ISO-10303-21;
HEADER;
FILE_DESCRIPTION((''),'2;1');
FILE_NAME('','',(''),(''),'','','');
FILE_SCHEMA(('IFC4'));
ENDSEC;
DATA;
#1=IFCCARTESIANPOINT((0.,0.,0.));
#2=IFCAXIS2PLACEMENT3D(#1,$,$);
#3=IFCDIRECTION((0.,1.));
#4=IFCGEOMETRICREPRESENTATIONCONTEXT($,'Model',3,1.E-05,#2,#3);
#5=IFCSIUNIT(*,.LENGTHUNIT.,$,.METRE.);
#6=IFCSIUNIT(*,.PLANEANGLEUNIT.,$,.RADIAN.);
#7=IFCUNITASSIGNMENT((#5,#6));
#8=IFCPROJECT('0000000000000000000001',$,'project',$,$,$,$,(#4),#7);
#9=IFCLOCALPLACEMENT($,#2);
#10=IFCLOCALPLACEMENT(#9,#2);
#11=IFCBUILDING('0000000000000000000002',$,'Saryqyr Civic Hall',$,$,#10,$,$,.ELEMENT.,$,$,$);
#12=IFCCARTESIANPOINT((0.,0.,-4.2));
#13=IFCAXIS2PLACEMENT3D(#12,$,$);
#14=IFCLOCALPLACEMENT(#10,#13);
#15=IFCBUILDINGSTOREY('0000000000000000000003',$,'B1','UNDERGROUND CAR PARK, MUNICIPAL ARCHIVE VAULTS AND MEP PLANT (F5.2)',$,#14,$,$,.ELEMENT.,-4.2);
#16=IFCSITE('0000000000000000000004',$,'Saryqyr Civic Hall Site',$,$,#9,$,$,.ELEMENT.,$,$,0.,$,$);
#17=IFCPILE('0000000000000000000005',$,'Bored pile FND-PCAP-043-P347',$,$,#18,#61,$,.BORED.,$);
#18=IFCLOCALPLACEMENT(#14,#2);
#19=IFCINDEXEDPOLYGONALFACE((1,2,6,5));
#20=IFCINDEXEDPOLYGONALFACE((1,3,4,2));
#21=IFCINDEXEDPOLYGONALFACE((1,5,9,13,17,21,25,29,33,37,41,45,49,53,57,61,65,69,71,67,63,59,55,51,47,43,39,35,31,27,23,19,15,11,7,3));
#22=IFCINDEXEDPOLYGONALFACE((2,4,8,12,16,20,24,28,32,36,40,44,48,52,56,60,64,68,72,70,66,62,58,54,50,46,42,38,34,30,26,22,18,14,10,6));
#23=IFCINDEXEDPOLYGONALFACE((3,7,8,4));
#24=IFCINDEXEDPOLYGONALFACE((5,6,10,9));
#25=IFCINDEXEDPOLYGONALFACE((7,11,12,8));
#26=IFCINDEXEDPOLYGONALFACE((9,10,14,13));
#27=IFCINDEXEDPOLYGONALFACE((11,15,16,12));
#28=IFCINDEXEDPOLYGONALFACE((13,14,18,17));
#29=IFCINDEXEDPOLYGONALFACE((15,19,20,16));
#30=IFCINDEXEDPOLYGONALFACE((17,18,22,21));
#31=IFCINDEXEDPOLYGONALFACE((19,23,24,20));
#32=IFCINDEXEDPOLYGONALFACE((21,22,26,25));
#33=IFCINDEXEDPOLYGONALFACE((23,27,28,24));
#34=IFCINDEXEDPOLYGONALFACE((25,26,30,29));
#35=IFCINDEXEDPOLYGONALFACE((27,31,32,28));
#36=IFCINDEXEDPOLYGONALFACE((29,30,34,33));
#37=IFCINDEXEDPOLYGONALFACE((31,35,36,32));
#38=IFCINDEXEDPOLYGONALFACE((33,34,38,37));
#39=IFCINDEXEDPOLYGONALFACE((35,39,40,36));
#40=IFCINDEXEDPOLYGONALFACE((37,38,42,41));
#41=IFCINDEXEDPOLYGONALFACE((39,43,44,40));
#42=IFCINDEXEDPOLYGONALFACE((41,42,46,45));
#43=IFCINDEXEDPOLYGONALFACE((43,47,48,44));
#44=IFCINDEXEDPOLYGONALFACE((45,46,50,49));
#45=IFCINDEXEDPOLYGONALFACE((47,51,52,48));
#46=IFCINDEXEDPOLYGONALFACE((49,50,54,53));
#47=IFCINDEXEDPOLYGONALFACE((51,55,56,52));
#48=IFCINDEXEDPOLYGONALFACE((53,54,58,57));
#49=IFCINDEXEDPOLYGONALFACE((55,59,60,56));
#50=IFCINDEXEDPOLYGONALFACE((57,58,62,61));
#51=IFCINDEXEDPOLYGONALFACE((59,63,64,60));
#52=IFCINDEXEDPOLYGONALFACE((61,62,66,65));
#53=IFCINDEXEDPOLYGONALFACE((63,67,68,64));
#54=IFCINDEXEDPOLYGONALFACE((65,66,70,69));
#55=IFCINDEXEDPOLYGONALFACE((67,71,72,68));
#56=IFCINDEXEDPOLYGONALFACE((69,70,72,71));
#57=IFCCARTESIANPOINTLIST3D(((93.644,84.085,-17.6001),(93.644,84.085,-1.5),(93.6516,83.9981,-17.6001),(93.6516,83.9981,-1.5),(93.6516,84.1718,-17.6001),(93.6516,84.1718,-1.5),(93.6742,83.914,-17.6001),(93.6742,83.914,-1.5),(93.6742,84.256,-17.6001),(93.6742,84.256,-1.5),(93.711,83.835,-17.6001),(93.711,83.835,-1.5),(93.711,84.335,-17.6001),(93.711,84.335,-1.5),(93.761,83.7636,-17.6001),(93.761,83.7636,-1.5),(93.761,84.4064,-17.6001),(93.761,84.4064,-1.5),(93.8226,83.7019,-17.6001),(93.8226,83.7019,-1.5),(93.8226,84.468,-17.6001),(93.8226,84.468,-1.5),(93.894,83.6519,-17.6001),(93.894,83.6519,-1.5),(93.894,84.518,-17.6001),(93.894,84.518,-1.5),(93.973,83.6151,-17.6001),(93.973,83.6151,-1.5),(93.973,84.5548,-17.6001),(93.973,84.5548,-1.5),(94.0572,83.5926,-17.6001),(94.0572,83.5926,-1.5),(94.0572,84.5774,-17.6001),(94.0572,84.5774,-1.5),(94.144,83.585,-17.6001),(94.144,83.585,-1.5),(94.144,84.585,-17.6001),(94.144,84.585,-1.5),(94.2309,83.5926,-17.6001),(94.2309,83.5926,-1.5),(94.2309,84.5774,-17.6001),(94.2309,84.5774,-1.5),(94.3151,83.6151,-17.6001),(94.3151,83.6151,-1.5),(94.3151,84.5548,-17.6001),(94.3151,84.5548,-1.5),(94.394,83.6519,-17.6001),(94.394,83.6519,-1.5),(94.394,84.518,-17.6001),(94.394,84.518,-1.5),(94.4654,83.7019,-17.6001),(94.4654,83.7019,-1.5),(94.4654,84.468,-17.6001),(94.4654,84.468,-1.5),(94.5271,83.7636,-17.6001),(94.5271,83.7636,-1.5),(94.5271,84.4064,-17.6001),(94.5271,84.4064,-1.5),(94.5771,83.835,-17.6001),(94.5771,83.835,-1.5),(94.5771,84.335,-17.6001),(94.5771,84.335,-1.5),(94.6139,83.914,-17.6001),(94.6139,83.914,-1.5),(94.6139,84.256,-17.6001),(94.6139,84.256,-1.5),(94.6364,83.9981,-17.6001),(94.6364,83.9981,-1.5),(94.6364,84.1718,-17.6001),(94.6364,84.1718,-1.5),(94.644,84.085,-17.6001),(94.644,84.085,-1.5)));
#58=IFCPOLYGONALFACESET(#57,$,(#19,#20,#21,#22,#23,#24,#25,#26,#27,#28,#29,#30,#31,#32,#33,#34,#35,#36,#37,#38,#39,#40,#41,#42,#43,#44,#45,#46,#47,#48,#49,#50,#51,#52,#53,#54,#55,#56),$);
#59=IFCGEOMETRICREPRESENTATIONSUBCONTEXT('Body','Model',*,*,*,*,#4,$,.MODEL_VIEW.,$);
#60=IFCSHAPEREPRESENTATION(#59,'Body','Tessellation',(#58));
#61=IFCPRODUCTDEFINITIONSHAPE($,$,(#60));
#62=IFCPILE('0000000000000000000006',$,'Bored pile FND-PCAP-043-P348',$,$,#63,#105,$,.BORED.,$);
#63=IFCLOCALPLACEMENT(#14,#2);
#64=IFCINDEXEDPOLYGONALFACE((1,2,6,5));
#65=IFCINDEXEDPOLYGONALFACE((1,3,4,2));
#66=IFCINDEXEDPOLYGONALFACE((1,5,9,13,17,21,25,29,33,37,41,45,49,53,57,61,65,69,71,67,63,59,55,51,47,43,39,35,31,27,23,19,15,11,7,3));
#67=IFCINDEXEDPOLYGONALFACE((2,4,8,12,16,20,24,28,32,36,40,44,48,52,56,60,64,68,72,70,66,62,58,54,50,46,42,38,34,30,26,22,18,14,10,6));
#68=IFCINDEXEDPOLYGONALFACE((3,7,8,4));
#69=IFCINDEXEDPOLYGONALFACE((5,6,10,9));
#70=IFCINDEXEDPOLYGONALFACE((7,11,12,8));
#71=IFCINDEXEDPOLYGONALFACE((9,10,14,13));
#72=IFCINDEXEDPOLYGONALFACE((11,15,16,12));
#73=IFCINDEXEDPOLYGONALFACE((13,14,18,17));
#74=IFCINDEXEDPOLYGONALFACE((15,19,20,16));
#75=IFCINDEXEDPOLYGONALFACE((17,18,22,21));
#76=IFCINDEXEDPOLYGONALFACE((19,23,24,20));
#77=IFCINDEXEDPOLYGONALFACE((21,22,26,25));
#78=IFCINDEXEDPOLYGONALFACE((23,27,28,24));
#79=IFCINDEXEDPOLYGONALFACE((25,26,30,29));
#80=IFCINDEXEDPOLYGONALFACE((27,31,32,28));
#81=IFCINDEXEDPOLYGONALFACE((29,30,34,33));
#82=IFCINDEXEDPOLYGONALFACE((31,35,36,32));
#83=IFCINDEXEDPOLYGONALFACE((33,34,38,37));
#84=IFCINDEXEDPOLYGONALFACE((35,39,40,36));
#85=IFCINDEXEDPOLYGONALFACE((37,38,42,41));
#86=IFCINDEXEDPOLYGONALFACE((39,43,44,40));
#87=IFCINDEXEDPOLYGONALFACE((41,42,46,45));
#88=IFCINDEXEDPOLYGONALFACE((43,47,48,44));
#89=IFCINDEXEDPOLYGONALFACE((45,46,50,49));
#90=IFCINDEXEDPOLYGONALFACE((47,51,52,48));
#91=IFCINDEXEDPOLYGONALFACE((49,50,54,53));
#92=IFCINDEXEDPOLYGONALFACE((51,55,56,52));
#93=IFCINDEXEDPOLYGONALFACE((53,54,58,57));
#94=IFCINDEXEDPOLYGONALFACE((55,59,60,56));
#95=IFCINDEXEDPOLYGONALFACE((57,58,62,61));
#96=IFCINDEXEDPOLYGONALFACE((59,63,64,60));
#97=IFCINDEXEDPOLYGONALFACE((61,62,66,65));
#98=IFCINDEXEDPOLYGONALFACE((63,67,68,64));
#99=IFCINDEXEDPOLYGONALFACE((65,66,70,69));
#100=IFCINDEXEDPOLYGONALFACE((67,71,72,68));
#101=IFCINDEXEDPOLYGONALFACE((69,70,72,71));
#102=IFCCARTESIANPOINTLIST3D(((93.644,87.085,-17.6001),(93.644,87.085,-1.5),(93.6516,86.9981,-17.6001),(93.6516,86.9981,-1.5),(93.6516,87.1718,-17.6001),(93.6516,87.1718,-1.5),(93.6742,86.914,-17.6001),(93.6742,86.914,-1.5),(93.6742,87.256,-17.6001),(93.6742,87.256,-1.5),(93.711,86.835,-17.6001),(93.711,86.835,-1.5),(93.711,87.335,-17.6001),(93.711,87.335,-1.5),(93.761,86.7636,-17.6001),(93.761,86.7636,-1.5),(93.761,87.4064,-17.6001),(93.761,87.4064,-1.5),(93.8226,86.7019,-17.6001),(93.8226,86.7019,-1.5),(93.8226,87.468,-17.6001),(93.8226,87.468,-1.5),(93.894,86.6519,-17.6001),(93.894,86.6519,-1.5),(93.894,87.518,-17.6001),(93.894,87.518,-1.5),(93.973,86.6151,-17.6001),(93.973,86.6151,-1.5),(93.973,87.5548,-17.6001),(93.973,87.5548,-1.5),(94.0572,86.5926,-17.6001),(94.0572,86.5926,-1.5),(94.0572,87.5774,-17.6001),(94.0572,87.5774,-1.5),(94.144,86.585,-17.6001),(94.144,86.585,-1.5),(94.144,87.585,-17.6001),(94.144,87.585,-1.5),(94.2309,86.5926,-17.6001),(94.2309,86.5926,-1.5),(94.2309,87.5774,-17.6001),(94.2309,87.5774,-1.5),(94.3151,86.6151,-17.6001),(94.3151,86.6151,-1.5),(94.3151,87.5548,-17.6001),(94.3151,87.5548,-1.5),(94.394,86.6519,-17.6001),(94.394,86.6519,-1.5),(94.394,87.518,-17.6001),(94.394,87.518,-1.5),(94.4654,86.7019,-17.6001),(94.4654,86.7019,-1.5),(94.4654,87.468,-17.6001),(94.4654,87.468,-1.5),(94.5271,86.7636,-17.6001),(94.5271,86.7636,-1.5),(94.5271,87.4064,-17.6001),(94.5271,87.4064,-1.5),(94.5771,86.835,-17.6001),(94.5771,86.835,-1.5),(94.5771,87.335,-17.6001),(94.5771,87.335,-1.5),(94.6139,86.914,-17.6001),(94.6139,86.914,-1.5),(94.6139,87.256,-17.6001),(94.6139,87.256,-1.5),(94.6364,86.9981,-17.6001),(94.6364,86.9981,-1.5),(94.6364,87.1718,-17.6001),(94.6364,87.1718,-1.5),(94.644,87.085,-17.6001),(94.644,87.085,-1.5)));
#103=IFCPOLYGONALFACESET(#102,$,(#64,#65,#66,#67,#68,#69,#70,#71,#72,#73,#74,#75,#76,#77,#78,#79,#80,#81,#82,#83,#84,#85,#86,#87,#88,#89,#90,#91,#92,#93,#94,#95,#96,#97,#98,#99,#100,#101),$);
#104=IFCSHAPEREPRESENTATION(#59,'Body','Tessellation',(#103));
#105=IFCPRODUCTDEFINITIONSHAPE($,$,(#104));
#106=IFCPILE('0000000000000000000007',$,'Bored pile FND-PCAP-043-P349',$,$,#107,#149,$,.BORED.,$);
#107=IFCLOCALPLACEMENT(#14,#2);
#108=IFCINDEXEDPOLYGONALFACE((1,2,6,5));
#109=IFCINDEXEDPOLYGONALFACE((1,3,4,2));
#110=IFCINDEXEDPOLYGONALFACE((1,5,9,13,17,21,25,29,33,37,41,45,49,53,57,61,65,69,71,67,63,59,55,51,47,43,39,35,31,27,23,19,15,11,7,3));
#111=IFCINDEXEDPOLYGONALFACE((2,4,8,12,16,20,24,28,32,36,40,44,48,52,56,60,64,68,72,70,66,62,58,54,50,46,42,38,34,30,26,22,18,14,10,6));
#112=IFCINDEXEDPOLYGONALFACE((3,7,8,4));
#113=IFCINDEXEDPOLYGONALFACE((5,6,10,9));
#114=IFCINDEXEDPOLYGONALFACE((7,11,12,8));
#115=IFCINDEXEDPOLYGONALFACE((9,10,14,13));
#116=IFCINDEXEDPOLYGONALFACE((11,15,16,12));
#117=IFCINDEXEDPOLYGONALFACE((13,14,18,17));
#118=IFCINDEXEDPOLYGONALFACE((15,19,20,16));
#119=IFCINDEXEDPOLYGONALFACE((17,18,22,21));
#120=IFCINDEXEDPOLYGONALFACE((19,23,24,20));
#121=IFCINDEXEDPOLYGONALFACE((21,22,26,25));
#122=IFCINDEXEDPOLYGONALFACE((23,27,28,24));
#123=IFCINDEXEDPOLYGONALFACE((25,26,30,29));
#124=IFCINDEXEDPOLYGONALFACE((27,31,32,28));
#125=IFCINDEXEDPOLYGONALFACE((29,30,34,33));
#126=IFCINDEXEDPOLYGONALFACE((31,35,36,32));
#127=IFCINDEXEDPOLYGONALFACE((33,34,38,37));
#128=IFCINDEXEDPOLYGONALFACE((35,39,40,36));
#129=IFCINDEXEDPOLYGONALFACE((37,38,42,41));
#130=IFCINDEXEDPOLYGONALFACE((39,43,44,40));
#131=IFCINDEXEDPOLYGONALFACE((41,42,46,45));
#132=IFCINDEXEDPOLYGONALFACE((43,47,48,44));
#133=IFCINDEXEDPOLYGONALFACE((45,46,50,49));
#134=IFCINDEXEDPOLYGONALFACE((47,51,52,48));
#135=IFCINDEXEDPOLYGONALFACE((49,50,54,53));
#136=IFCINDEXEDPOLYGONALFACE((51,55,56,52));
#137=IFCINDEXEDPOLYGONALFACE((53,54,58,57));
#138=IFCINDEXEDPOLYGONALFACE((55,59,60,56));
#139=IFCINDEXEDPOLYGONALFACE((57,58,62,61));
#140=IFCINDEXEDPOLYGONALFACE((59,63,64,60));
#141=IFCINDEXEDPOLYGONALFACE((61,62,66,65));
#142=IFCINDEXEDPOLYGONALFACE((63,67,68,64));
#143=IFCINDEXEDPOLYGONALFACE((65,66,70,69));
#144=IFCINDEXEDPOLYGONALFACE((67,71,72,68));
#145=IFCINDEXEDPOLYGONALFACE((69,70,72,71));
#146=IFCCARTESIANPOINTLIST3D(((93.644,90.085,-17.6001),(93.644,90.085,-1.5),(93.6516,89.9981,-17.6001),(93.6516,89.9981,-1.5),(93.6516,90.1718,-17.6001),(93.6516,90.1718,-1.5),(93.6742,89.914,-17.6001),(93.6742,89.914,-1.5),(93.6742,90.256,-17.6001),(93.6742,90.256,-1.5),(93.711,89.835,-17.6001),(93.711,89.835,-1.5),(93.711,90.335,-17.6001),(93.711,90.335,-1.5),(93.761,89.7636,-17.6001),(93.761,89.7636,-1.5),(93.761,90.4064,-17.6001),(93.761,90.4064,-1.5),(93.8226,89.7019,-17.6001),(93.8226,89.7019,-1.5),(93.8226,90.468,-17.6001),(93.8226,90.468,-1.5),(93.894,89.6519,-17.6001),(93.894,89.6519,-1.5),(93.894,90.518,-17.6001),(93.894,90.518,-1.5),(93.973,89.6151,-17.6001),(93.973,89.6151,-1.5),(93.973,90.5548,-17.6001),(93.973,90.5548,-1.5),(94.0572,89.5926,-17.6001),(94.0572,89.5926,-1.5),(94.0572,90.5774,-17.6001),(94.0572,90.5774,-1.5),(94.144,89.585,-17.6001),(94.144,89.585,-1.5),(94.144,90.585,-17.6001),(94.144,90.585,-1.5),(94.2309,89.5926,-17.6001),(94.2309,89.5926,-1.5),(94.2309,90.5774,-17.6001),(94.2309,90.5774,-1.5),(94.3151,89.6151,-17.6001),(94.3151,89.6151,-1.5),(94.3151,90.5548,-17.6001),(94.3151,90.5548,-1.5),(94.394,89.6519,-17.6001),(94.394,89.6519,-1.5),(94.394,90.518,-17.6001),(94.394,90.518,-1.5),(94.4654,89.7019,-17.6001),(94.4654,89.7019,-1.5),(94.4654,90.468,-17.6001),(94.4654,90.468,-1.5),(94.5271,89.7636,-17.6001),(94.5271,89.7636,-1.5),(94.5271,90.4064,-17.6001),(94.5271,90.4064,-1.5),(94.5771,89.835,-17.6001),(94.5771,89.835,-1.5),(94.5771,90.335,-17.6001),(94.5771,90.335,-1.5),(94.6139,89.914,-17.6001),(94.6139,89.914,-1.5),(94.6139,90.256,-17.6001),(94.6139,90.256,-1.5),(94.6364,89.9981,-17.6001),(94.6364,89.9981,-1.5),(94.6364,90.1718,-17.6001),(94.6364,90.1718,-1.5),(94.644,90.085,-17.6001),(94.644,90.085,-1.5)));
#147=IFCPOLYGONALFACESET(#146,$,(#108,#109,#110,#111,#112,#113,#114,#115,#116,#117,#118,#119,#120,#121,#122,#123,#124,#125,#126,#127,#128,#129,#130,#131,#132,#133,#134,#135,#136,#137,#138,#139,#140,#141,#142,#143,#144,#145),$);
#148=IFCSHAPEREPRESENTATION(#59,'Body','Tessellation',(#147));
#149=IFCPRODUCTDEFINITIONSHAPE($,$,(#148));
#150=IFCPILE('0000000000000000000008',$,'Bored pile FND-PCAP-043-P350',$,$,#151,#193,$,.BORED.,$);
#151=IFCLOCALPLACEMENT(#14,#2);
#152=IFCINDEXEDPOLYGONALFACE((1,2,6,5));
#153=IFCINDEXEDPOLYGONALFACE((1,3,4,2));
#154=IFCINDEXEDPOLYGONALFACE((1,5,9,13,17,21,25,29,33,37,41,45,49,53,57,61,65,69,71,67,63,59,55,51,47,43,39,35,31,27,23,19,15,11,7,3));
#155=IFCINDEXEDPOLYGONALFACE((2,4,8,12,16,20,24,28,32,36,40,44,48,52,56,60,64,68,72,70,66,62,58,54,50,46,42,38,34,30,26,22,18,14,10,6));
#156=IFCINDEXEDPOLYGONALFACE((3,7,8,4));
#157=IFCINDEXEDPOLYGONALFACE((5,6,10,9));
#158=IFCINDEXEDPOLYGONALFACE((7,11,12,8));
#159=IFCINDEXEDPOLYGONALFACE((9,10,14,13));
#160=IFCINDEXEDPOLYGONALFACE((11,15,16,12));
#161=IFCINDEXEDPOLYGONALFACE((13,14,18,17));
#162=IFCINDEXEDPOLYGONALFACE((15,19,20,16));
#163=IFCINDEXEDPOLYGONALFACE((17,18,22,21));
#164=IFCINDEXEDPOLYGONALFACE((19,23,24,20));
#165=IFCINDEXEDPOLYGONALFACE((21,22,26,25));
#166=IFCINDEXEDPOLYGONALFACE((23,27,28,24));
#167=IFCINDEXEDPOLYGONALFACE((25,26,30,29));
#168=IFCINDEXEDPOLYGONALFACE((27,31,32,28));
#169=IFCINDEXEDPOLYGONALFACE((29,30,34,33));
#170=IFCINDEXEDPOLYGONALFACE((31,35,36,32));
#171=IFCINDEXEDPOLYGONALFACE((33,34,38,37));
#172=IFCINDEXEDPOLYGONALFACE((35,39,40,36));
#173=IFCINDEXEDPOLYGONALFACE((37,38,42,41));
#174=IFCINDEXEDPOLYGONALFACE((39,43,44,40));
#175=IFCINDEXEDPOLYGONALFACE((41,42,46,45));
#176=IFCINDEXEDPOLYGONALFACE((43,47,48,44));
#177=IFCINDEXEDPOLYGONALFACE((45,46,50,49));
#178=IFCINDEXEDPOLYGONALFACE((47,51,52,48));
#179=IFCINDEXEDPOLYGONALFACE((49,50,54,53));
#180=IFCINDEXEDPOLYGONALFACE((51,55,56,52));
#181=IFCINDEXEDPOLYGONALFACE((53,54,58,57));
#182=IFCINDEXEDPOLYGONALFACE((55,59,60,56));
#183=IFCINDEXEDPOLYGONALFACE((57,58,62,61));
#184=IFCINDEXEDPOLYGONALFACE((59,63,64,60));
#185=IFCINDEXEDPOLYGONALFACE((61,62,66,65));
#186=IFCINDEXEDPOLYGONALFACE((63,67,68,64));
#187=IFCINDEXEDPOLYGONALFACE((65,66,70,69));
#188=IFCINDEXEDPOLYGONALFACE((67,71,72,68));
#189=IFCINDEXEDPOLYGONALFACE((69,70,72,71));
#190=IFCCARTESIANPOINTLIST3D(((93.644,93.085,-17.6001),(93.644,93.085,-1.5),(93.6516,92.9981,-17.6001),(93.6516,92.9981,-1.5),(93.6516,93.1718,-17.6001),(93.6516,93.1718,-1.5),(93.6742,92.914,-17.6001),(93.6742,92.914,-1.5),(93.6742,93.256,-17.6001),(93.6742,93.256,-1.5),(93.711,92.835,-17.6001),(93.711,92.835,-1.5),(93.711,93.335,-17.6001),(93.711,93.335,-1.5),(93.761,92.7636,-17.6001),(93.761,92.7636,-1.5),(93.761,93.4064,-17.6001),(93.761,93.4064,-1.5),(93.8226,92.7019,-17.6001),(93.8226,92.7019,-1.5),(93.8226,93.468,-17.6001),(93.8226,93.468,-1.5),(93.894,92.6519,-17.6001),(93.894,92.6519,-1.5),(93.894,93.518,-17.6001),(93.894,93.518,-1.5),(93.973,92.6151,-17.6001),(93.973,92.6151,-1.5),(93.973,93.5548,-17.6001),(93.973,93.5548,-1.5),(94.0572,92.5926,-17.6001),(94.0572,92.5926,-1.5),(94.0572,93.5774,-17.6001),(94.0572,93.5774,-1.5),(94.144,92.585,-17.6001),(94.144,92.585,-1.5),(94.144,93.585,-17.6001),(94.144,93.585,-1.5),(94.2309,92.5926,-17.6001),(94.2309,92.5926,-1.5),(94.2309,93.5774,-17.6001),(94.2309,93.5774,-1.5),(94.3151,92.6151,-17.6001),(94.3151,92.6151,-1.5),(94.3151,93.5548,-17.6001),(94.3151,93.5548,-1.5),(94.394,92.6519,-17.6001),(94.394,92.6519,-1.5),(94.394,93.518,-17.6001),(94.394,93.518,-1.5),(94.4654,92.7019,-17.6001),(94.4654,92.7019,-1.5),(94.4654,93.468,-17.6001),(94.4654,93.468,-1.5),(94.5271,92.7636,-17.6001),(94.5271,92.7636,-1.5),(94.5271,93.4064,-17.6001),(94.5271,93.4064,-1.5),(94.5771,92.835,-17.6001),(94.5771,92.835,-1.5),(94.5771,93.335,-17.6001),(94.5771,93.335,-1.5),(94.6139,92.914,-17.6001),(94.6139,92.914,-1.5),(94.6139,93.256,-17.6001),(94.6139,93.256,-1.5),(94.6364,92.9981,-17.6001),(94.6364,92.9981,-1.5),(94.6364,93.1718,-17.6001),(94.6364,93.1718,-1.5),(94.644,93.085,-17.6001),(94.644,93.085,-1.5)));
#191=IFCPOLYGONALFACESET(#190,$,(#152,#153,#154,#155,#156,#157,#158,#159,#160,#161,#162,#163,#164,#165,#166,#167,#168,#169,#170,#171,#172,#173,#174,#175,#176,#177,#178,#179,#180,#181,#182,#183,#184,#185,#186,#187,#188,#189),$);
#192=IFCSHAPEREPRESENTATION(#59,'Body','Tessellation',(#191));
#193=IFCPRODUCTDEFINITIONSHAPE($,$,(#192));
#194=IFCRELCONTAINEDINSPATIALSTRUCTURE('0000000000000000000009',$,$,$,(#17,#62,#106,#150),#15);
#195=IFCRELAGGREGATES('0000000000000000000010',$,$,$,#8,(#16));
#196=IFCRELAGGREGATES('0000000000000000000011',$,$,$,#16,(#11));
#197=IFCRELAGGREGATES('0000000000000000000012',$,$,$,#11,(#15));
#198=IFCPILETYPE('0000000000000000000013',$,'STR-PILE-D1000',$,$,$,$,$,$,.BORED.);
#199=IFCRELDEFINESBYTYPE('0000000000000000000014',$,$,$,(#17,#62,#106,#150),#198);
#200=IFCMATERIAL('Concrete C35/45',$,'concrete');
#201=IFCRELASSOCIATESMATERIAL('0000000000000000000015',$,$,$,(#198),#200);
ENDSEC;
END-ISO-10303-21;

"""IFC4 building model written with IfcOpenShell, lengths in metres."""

from ifc_helpers import new_model, si_unit, direction, frame, origin, origin_2d, place, context, subcontext, project, spatial, circle, extrude, material, material_profile, profile_set, type_object, element, save


model = new_model("IFC4")

# Units and contexts
model_context = context("Model", 3, precision=1e-05, world=origin(), true_north=direction((0.0, 1.0)))
body_context = subcontext(model_context, "Body", "Model", "MODEL_VIEW")
ifc_project = project(units=[si_unit("LENGTHUNIT", "METRE"), si_unit("PLANEANGLEUNIT", "RADIAN")], contexts=[model_context])

# Site, building, storey
site_placement = place(None, origin())
site = spatial("IfcSite", under=ifc_project, at=site_placement, Name="Saryqyr Civic Hall Site", CompositionType="ELEMENT", RefElevation=0.0)
building_placement = place(site_placement, origin())
building = spatial("IfcBuilding", under=site, at=building_placement, Name="Saryqyr Civic Hall", CompositionType="ELEMENT")
storey_placement = place(building_placement, frame((0.0, 0.0, -4.2)))
storey = spatial("IfcBuildingStorey", under=building, at=storey_placement, Name="B1", Description="UNDERGROUND CAR PARK, MUNICIPAL ARCHIVE VAULTS AND MEP PLANT (F5.2)", CompositionType="ELEMENT", Elevation=-4.2)

# Shared definitions
ifc_material_1 = material(Name="Concrete C35/45", Category="concrete")

# Piles
ifc_material_profile_1 = material_profile(ifc_material_1, circle(Radius=0.5, at=origin_2d()), Name="BORED PILE D1000")
ifc_profile_set_1 = profile_set([ifc_material_profile_1], Name="Concrete C35/45")
pile_type = type_object("IfcPileType", Name="STR-PILE-D1000", PredefinedType="BORED", material=ifc_profile_set_1)
for number, where, z_axis, x_axis, name in (
    (1, (94.144, 84.085, -1.5), (0.0, 0.0, -1.0), (1.0, 0.0, 0.0), "Bored pile FND-PCAP-043-P347"),
    (2, (94.144, 87.085, -1.5), (0.0, 0.0, -1.0), (1.0, 0.0, 0.0), "Bored pile FND-PCAP-043-P348"),
    (3, (94.144, 90.085, -1.5), (0.0, 0.0, -1.0), (1.0, 0.0, 0.0), "Bored pile FND-PCAP-043-P349"),
    (4, (94.144, 93.085, -1.5), (0.0, 0.0, -1.0), (1.0, 0.0, 0.0), "Bored pile FND-PCAP-043-P350"),
):
    element("IfcPile", number, at=place(storey_placement, frame(where, z_axis=z_axis, x_axis=x_axis)), inside=storey, type_object=pile_type, Name=name, PredefinedType="BORED", context=body_context, shape_type="SweptSolid", body=[
        extrude(circle(Radius=0.5, at=origin_2d()), origin(), (0.0, 0.0, 1.0), 16.1001),
    ])

save(model, "model.ifc")
